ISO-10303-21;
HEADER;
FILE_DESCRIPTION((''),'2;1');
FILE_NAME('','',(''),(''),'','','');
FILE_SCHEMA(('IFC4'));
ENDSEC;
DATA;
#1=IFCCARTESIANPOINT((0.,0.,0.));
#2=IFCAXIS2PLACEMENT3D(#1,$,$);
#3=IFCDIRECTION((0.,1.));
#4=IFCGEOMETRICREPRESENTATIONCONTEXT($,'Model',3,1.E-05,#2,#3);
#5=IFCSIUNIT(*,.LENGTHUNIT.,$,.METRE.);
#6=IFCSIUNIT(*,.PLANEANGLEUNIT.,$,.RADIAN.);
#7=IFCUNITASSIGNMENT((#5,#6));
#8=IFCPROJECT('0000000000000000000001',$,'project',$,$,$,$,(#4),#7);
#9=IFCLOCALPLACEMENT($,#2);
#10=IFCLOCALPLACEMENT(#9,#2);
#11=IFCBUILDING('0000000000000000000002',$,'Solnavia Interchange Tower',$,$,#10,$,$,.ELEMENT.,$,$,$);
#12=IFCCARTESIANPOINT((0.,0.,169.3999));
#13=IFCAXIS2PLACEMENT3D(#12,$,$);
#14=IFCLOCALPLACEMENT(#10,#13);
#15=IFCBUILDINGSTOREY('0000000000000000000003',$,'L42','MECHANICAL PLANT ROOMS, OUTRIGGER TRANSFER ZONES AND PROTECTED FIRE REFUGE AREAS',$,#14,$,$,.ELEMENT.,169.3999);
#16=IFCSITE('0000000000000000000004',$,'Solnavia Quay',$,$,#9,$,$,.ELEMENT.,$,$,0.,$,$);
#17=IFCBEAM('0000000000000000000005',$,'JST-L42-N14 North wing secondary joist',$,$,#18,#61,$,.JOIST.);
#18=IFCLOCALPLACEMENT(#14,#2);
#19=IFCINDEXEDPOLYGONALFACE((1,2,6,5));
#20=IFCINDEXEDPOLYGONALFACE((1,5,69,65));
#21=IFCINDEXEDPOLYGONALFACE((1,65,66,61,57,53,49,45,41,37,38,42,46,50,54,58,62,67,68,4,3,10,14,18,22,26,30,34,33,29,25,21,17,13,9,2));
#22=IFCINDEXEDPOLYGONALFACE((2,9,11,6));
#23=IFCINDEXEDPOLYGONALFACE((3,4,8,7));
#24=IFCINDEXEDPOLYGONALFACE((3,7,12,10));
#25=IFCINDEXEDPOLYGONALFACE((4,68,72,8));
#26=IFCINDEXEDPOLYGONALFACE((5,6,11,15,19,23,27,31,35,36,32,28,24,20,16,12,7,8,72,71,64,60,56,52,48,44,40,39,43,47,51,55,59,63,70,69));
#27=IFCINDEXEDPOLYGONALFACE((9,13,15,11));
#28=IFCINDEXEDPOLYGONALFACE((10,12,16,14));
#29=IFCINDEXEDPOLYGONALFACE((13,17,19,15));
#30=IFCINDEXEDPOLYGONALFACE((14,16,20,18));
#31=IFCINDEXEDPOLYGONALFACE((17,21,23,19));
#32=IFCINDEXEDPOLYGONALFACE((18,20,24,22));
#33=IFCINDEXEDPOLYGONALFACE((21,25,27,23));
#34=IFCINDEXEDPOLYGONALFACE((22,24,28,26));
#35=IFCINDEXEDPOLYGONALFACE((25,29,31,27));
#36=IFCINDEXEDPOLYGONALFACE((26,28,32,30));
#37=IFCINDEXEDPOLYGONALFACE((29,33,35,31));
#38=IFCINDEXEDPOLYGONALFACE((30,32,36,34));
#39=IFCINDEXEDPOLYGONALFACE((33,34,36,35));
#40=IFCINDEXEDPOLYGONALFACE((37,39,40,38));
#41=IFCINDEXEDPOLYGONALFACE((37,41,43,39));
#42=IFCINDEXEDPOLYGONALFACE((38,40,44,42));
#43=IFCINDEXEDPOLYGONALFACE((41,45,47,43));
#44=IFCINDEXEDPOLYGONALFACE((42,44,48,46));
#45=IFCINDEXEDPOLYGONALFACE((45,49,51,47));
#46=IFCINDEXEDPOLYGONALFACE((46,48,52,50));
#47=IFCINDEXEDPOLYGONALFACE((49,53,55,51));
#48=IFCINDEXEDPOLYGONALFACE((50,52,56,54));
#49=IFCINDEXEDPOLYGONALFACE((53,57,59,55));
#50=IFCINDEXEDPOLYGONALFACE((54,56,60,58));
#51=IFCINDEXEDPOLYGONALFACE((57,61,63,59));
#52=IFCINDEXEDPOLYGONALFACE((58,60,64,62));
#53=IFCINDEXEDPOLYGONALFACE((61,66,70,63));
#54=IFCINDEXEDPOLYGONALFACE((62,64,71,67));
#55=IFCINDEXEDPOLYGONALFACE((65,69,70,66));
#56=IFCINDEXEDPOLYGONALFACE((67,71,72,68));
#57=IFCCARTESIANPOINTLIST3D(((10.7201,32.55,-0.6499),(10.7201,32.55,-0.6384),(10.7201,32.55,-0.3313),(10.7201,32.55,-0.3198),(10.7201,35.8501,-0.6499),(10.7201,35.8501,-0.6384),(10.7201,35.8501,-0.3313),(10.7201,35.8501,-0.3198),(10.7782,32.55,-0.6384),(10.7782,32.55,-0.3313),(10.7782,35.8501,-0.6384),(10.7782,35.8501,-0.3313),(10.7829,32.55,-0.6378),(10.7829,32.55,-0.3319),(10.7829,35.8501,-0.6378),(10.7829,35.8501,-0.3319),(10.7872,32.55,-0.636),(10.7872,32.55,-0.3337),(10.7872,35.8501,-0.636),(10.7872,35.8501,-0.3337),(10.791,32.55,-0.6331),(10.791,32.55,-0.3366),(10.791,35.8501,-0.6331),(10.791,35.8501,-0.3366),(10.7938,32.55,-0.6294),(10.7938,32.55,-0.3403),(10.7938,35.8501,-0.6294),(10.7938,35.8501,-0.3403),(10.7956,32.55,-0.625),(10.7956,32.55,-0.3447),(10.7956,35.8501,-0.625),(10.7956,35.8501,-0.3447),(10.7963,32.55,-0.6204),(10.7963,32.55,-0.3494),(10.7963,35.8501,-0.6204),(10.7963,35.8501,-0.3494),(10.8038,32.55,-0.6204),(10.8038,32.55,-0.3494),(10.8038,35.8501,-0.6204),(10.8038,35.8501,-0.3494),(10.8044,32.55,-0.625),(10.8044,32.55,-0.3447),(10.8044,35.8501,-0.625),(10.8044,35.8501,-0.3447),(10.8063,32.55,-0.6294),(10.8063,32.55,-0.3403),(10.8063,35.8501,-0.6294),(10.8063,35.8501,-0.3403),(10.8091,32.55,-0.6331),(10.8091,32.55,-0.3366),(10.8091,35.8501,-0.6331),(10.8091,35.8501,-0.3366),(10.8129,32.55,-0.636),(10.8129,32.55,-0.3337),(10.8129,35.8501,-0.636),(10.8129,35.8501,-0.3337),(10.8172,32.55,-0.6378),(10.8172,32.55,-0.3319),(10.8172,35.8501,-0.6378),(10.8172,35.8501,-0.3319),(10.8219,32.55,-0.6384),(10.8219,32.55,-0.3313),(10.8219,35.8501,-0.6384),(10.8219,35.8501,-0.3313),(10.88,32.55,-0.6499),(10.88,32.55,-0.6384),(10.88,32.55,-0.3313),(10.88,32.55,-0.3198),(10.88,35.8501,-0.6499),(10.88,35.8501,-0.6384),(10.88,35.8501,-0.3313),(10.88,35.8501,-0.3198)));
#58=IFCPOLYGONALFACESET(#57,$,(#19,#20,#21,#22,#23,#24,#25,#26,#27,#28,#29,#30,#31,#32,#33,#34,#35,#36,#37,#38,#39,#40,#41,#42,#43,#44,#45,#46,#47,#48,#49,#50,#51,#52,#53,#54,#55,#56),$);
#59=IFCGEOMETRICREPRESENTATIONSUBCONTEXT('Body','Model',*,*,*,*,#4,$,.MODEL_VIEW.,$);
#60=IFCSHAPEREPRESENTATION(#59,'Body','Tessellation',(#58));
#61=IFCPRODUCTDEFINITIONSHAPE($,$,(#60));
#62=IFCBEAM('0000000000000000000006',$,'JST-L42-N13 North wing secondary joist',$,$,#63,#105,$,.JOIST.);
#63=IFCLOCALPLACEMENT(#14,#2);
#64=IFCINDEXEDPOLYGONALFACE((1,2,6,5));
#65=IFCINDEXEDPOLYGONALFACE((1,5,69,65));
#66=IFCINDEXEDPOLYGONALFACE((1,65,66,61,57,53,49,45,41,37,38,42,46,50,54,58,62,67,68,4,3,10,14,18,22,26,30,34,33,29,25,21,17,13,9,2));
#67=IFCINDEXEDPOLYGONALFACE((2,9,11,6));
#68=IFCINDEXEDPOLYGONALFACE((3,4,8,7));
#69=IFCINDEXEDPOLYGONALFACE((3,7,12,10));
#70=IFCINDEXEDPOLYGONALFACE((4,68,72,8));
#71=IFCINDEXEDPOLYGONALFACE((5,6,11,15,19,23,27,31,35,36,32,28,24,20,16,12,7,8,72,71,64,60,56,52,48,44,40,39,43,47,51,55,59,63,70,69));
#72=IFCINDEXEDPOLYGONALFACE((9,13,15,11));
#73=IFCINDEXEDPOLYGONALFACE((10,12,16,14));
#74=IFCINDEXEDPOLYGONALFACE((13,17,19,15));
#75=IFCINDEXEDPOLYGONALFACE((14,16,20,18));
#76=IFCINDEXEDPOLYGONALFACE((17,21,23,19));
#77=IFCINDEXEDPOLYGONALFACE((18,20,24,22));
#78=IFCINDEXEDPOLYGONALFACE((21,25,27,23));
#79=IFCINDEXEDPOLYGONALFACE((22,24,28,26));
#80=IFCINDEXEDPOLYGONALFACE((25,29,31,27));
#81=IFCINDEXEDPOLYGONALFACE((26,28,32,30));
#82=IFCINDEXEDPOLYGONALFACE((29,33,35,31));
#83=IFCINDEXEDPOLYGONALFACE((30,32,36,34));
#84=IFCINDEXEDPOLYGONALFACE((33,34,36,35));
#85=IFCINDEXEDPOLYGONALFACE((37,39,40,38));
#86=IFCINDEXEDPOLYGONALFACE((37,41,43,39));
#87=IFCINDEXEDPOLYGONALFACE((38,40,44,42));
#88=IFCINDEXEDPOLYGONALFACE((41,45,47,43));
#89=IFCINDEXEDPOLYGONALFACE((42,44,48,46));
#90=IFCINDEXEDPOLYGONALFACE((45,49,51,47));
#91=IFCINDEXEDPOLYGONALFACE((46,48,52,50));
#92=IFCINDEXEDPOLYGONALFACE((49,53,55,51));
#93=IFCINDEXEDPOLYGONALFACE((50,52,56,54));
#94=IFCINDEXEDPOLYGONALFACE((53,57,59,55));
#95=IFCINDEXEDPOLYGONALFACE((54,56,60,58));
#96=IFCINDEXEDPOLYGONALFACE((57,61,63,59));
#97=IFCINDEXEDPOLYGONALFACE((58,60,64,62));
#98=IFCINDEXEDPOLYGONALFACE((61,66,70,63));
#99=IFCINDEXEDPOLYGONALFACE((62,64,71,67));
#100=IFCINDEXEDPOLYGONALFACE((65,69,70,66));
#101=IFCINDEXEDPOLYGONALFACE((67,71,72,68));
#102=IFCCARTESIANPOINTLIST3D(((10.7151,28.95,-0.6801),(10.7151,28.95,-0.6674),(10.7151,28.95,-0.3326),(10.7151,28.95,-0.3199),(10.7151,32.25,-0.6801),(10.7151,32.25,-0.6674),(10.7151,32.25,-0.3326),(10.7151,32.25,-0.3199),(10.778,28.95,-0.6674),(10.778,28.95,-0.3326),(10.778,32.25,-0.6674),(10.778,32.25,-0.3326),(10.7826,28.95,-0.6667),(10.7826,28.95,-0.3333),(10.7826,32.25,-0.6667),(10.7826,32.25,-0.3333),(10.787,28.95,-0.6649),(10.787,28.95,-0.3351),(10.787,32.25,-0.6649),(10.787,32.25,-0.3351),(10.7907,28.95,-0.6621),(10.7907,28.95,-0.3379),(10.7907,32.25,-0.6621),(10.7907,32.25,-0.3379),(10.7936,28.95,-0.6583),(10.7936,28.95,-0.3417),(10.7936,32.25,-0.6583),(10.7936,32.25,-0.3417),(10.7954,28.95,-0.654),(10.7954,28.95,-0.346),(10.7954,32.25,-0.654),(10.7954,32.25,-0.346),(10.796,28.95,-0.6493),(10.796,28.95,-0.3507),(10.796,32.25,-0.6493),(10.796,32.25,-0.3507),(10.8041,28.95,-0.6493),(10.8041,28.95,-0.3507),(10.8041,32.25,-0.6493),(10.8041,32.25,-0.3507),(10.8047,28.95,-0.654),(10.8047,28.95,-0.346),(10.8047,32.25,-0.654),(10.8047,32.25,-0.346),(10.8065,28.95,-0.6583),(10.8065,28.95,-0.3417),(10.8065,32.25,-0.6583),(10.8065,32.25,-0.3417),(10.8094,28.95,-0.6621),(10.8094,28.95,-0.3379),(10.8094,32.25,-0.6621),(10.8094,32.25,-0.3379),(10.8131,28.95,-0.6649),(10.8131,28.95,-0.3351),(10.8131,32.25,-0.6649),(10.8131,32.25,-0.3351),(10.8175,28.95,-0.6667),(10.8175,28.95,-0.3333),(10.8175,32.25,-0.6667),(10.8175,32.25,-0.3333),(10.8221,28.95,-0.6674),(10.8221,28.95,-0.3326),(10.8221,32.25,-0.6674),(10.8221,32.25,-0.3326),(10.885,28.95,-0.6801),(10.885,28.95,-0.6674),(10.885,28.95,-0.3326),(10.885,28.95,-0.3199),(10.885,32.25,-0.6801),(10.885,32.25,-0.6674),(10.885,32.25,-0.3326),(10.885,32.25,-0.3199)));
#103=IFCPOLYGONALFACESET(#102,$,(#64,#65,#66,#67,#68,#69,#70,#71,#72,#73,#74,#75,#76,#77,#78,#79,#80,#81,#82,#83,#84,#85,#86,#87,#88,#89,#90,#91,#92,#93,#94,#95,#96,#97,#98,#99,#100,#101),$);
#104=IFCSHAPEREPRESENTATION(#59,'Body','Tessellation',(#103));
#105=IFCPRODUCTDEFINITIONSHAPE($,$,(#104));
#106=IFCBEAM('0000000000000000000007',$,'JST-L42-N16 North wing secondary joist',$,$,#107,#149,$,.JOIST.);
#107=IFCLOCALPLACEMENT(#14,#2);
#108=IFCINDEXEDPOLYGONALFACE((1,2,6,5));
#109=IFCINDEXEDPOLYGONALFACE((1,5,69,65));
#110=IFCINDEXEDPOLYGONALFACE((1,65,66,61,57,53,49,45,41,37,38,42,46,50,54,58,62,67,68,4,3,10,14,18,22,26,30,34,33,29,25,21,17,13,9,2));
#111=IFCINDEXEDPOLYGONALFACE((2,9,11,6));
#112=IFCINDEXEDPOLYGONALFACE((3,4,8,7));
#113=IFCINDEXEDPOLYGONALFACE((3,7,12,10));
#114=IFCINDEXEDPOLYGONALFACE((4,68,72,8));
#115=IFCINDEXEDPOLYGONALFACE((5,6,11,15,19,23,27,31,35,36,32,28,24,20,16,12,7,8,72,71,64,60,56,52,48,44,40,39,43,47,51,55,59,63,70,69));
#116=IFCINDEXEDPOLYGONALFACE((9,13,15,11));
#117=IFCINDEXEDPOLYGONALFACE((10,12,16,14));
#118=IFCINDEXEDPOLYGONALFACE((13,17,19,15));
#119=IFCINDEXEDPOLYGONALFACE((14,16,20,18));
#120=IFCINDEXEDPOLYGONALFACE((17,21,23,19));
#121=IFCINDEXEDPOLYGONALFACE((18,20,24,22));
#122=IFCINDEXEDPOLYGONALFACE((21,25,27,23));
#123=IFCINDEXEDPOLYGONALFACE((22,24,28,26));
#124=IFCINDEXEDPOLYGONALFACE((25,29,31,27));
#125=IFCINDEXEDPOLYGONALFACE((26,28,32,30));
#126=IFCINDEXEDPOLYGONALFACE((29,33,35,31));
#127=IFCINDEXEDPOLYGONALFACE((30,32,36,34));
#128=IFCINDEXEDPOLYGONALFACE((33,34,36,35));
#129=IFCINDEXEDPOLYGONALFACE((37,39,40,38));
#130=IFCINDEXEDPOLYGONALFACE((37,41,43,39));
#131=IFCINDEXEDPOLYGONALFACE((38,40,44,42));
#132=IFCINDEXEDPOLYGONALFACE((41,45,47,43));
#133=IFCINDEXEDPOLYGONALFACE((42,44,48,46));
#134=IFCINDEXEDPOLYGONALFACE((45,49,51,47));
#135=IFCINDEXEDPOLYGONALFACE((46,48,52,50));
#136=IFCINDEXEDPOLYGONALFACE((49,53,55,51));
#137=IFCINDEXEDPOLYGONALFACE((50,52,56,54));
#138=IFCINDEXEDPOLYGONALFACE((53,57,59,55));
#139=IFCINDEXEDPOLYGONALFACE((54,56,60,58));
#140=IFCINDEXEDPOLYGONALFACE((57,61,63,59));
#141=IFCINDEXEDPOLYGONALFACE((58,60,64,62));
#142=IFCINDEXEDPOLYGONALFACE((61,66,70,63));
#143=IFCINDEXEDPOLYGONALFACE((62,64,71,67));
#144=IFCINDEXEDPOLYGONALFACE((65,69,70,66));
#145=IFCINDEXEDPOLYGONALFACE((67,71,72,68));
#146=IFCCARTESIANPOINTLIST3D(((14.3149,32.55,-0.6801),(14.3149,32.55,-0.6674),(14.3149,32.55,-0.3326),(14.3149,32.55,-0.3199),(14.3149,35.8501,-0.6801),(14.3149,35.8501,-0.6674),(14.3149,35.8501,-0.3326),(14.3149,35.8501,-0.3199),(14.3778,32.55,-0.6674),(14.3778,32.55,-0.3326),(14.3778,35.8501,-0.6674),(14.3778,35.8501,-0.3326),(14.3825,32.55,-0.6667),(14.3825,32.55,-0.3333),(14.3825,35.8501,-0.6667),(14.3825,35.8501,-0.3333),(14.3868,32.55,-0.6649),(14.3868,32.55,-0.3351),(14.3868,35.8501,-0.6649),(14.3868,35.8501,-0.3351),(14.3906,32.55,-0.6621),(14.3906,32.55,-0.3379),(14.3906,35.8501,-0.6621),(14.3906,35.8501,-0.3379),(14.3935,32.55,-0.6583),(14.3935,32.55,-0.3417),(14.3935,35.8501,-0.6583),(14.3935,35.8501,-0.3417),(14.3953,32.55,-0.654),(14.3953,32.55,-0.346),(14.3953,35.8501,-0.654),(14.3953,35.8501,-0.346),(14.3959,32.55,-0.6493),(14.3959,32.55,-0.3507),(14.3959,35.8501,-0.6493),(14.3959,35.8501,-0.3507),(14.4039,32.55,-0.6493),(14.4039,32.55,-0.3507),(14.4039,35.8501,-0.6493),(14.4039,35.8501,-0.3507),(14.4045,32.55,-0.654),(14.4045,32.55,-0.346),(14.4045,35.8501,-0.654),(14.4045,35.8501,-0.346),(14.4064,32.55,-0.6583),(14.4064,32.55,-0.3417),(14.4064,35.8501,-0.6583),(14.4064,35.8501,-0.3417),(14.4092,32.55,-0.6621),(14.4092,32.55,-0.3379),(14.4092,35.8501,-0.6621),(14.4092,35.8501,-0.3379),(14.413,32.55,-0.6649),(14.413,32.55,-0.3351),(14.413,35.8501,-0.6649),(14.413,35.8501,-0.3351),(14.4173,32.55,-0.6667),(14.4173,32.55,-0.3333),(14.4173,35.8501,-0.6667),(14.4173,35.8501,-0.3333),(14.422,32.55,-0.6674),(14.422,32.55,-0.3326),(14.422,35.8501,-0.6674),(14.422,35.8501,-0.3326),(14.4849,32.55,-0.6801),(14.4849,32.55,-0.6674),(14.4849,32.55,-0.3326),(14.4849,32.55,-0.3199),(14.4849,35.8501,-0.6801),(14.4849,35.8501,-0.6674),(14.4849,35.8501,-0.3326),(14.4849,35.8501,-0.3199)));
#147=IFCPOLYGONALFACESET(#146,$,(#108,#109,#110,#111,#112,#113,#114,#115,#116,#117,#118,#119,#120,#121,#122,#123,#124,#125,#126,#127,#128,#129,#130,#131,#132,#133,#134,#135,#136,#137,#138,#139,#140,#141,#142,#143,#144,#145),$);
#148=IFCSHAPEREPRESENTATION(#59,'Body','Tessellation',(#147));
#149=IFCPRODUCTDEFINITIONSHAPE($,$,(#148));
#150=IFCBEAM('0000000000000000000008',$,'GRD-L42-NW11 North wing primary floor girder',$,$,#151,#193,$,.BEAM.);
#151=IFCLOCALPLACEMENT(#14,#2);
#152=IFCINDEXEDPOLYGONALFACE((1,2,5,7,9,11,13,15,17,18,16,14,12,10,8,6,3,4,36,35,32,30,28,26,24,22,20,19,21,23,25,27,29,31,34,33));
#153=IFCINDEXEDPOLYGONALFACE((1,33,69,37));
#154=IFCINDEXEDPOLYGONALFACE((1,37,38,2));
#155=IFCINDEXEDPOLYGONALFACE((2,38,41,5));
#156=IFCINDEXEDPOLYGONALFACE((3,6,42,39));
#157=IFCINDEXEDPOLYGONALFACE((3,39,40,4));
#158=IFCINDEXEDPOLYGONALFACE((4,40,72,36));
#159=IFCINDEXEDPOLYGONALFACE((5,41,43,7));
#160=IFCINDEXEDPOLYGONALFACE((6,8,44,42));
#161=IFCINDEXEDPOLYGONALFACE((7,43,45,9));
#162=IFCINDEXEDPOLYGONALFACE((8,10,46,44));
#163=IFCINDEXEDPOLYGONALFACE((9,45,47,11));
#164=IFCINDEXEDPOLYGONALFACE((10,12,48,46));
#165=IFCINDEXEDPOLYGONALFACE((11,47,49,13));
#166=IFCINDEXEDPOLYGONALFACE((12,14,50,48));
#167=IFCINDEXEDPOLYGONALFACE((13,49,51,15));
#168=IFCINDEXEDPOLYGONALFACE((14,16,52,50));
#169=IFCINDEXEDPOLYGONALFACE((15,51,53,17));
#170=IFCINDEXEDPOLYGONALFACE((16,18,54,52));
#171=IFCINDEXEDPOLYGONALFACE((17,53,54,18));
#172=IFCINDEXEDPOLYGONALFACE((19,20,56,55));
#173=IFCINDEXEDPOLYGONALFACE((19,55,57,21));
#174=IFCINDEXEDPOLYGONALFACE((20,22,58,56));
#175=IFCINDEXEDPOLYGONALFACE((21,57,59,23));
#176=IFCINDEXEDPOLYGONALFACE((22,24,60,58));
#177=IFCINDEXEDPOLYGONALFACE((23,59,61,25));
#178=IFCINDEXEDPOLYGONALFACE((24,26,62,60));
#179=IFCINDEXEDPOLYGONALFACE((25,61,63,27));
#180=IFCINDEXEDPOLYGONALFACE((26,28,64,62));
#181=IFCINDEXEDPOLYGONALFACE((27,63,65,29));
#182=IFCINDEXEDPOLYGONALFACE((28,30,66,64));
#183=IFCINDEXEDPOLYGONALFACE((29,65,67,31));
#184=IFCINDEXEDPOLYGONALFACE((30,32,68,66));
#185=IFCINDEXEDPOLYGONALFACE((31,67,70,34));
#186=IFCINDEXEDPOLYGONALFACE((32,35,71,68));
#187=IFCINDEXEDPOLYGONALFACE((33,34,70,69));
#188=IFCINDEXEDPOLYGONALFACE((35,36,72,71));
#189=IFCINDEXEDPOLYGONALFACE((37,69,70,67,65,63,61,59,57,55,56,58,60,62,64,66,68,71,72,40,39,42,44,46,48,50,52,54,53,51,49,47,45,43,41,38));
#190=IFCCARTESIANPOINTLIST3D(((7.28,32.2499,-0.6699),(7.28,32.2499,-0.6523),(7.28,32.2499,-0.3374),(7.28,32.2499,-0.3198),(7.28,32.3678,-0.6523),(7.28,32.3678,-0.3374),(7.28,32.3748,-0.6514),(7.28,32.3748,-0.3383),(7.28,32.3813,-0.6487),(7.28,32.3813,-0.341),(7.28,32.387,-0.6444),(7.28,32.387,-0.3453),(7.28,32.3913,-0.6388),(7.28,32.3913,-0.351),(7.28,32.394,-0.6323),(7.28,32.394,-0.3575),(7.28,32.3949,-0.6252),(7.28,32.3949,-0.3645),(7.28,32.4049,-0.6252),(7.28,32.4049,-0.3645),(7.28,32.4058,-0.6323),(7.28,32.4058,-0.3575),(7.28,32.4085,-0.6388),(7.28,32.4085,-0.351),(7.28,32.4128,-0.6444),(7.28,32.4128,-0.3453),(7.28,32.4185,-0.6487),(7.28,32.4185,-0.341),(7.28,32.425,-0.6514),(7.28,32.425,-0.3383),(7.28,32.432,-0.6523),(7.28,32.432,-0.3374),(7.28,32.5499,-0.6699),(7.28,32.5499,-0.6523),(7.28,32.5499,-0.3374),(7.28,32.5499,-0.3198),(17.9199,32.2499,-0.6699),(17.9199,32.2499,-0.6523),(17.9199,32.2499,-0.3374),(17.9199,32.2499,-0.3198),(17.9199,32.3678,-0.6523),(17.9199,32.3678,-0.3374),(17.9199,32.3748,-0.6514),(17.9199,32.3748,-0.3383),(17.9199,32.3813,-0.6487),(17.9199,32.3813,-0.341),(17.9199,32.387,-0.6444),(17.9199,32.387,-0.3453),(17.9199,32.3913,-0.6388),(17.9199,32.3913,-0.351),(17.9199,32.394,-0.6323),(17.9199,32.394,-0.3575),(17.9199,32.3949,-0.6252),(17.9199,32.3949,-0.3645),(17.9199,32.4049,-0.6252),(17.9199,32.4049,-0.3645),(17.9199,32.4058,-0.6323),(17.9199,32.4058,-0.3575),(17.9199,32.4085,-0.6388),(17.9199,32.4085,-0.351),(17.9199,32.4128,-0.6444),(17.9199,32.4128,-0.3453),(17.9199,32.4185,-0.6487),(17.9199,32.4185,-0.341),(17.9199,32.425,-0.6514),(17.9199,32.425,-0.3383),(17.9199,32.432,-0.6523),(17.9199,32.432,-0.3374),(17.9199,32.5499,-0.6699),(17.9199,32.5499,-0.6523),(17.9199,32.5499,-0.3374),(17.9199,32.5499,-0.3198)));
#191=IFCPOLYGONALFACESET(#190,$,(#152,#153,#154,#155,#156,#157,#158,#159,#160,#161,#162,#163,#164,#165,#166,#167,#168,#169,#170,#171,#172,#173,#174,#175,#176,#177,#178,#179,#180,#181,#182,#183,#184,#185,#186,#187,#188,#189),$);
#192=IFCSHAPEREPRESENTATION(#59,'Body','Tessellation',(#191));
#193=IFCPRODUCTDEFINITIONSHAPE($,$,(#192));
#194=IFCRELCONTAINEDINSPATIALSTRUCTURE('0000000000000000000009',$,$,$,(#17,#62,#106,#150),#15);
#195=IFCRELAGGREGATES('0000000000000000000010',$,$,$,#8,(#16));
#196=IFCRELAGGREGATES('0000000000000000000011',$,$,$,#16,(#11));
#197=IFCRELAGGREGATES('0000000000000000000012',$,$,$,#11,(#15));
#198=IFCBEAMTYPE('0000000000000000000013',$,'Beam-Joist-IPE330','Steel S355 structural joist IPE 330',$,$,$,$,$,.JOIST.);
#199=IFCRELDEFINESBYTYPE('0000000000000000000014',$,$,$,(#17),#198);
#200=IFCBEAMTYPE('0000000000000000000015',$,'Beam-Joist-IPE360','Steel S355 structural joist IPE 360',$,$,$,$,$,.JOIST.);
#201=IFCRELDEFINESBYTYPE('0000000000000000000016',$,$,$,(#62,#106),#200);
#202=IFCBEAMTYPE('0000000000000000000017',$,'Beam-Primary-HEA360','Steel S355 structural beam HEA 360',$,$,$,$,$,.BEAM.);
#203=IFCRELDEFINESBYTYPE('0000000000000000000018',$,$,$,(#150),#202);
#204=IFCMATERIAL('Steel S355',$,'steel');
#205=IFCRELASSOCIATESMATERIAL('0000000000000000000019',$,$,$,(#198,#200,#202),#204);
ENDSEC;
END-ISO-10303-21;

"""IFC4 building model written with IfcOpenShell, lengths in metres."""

from ifc_helpers import new_model, si_unit, direction, frame, origin, origin_2d, place, context, subcontext, project, spatial, i_section, extrude, material, material_profile, profile_set, type_object, element, save


model = new_model("IFC4")

# Units and contexts
model_context = context("Model", 3, precision=1e-05, world=origin(), true_north=direction((0.0, 1.0)))
body_context = subcontext(model_context, "Body", "Model", "MODEL_VIEW")
ifc_project = project(units=[si_unit("LENGTHUNIT", "METRE"), si_unit("PLANEANGLEUNIT", "RADIAN")], contexts=[model_context])

# Site, building, storey
site_placement = place(None, origin())
site = spatial("IfcSite", under=ifc_project, at=site_placement, Name="Solnavia Quay", CompositionType="ELEMENT", RefElevation=0.0)
building_placement = place(site_placement, origin())
building = spatial("IfcBuilding", under=site, at=building_placement, Name="Solnavia Interchange Tower", CompositionType="ELEMENT")
storey_placement = place(building_placement, frame((0.0, 0.0, 169.3999)))
storey = spatial("IfcBuildingStorey", under=building, at=storey_placement, Name="L42", Description="MECHANICAL PLANT ROOMS, OUTRIGGER TRANSFER ZONES AND PROTECTED FIRE REFUGE AREAS", CompositionType="ELEMENT", Elevation=169.3999)

# Shared definitions
ifc_material_1 = material(Name="Steel S355", Category="steel")

# Beams
ifc_material_profile_1 = material_profile(ifc_material_1, i_section(OverallWidth=0.1599, OverallDepth=0.3301, WebThickness=0.0076, FlangeThickness=0.0115, FilletRadius=0.0181, at=origin_2d()), Name="IPE 330")
ifc_profile_set_1 = profile_set([ifc_material_profile_1], Name="Steel S355")
beam_type_1 = type_object("IfcBeamType", Name="Beam-Joist-IPE330", Description="Steel S355 structural joist IPE 330", PredefinedType="JOIST", material=ifc_profile_set_1)
beam_1_placement = place(storey_placement, frame((10.8, 32.55, -0.4849), z_axis=(0.0, 1.0, 0.0), x_axis=(-1.0, 0.0, 0.0)))
element("IfcBeam", 1, at=beam_1_placement, inside=storey, type_object=beam_type_1, Name="JST-L42-N14 North wing secondary joist", PredefinedType="JOIST", context=body_context, shape_type="SweptSolid", body=[
    extrude(i_section(OverallWidth=0.1599, OverallDepth=0.3301, WebThickness=0.0076, FlangeThickness=0.0115, FilletRadius=0.0181, at=origin_2d()), origin(), (0.0, 0.0, 1.0), 3.3),
])
ifc_material_profile_2 = material_profile(ifc_material_1, i_section(OverallWidth=0.1699, OverallDepth=0.3601, WebThickness=0.0081, FlangeThickness=0.0127, FilletRadius=0.0181, at=origin_2d()), Name="IPE 360")
ifc_profile_set_2 = profile_set([ifc_material_profile_2], Name="Steel S355")
beam_type_2 = type_object("IfcBeamType", Name="Beam-Joist-IPE360", Description="Steel S355 structural joist IPE 360", PredefinedType="JOIST", material=ifc_profile_set_2)
for number, where, z_axis, x_axis, name in (
    (2, (10.8, 28.95, -0.5), (0.0, 1.0, 0.0), (-1.0, 0.0, 0.0), "JST-L42-N13 North wing secondary joist"),
    (3, (14.3999, 32.55, -0.5), (0.0, 1.0, 0.0), (-1.0, 0.0, 0.0), "JST-L42-N16 North wing secondary joist"),
):
    element("IfcBeam", number, at=place(storey_placement, frame(where, z_axis=z_axis, x_axis=x_axis)), inside=storey, type_object=beam_type_2, Name=name, PredefinedType="JOIST", context=body_context, shape_type="SweptSolid", body=[
        extrude(i_section(OverallWidth=0.1699, OverallDepth=0.3601, WebThickness=0.0081, FlangeThickness=0.0127, FilletRadius=0.0181, at=origin_2d()), origin(), (0.0, 0.0, 1.0), 3.3),
    ])
ifc_material_profile_3 = material_profile(ifc_material_1, i_section(OverallWidth=0.3, OverallDepth=0.3501, WebThickness=0.01, FlangeThickness=0.0176, FilletRadius=0.0271, at=origin_2d()), Name="HEA 360")
ifc_profile_set_3 = profile_set([ifc_material_profile_3], Name="Steel S355")
beam_type_3 = type_object("IfcBeamType", Name="Beam-Primary-HEA360", Description="Steel S355 structural beam HEA 360", PredefinedType="BEAM", material=ifc_profile_set_3)
beam_2_placement = place(storey_placement, frame((7.28, 32.3999, -0.4949), z_axis=(1.0, 0.0, 0.0), x_axis=(0.0, 1.0, 0.0)))
element("IfcBeam", 4, at=beam_2_placement, inside=storey, type_object=beam_type_3, Name="GRD-L42-NW11 North wing primary floor girder", PredefinedType="BEAM", context=body_context, shape_type="SweptSolid", body=[
    extrude(i_section(OverallWidth=0.3, OverallDepth=0.3501, WebThickness=0.01, FlangeThickness=0.0176, FilletRadius=0.0271, at=origin_2d()), origin(), (0.0, 0.0, 1.0), 10.6399),
])

save(model, "model.ifc")
